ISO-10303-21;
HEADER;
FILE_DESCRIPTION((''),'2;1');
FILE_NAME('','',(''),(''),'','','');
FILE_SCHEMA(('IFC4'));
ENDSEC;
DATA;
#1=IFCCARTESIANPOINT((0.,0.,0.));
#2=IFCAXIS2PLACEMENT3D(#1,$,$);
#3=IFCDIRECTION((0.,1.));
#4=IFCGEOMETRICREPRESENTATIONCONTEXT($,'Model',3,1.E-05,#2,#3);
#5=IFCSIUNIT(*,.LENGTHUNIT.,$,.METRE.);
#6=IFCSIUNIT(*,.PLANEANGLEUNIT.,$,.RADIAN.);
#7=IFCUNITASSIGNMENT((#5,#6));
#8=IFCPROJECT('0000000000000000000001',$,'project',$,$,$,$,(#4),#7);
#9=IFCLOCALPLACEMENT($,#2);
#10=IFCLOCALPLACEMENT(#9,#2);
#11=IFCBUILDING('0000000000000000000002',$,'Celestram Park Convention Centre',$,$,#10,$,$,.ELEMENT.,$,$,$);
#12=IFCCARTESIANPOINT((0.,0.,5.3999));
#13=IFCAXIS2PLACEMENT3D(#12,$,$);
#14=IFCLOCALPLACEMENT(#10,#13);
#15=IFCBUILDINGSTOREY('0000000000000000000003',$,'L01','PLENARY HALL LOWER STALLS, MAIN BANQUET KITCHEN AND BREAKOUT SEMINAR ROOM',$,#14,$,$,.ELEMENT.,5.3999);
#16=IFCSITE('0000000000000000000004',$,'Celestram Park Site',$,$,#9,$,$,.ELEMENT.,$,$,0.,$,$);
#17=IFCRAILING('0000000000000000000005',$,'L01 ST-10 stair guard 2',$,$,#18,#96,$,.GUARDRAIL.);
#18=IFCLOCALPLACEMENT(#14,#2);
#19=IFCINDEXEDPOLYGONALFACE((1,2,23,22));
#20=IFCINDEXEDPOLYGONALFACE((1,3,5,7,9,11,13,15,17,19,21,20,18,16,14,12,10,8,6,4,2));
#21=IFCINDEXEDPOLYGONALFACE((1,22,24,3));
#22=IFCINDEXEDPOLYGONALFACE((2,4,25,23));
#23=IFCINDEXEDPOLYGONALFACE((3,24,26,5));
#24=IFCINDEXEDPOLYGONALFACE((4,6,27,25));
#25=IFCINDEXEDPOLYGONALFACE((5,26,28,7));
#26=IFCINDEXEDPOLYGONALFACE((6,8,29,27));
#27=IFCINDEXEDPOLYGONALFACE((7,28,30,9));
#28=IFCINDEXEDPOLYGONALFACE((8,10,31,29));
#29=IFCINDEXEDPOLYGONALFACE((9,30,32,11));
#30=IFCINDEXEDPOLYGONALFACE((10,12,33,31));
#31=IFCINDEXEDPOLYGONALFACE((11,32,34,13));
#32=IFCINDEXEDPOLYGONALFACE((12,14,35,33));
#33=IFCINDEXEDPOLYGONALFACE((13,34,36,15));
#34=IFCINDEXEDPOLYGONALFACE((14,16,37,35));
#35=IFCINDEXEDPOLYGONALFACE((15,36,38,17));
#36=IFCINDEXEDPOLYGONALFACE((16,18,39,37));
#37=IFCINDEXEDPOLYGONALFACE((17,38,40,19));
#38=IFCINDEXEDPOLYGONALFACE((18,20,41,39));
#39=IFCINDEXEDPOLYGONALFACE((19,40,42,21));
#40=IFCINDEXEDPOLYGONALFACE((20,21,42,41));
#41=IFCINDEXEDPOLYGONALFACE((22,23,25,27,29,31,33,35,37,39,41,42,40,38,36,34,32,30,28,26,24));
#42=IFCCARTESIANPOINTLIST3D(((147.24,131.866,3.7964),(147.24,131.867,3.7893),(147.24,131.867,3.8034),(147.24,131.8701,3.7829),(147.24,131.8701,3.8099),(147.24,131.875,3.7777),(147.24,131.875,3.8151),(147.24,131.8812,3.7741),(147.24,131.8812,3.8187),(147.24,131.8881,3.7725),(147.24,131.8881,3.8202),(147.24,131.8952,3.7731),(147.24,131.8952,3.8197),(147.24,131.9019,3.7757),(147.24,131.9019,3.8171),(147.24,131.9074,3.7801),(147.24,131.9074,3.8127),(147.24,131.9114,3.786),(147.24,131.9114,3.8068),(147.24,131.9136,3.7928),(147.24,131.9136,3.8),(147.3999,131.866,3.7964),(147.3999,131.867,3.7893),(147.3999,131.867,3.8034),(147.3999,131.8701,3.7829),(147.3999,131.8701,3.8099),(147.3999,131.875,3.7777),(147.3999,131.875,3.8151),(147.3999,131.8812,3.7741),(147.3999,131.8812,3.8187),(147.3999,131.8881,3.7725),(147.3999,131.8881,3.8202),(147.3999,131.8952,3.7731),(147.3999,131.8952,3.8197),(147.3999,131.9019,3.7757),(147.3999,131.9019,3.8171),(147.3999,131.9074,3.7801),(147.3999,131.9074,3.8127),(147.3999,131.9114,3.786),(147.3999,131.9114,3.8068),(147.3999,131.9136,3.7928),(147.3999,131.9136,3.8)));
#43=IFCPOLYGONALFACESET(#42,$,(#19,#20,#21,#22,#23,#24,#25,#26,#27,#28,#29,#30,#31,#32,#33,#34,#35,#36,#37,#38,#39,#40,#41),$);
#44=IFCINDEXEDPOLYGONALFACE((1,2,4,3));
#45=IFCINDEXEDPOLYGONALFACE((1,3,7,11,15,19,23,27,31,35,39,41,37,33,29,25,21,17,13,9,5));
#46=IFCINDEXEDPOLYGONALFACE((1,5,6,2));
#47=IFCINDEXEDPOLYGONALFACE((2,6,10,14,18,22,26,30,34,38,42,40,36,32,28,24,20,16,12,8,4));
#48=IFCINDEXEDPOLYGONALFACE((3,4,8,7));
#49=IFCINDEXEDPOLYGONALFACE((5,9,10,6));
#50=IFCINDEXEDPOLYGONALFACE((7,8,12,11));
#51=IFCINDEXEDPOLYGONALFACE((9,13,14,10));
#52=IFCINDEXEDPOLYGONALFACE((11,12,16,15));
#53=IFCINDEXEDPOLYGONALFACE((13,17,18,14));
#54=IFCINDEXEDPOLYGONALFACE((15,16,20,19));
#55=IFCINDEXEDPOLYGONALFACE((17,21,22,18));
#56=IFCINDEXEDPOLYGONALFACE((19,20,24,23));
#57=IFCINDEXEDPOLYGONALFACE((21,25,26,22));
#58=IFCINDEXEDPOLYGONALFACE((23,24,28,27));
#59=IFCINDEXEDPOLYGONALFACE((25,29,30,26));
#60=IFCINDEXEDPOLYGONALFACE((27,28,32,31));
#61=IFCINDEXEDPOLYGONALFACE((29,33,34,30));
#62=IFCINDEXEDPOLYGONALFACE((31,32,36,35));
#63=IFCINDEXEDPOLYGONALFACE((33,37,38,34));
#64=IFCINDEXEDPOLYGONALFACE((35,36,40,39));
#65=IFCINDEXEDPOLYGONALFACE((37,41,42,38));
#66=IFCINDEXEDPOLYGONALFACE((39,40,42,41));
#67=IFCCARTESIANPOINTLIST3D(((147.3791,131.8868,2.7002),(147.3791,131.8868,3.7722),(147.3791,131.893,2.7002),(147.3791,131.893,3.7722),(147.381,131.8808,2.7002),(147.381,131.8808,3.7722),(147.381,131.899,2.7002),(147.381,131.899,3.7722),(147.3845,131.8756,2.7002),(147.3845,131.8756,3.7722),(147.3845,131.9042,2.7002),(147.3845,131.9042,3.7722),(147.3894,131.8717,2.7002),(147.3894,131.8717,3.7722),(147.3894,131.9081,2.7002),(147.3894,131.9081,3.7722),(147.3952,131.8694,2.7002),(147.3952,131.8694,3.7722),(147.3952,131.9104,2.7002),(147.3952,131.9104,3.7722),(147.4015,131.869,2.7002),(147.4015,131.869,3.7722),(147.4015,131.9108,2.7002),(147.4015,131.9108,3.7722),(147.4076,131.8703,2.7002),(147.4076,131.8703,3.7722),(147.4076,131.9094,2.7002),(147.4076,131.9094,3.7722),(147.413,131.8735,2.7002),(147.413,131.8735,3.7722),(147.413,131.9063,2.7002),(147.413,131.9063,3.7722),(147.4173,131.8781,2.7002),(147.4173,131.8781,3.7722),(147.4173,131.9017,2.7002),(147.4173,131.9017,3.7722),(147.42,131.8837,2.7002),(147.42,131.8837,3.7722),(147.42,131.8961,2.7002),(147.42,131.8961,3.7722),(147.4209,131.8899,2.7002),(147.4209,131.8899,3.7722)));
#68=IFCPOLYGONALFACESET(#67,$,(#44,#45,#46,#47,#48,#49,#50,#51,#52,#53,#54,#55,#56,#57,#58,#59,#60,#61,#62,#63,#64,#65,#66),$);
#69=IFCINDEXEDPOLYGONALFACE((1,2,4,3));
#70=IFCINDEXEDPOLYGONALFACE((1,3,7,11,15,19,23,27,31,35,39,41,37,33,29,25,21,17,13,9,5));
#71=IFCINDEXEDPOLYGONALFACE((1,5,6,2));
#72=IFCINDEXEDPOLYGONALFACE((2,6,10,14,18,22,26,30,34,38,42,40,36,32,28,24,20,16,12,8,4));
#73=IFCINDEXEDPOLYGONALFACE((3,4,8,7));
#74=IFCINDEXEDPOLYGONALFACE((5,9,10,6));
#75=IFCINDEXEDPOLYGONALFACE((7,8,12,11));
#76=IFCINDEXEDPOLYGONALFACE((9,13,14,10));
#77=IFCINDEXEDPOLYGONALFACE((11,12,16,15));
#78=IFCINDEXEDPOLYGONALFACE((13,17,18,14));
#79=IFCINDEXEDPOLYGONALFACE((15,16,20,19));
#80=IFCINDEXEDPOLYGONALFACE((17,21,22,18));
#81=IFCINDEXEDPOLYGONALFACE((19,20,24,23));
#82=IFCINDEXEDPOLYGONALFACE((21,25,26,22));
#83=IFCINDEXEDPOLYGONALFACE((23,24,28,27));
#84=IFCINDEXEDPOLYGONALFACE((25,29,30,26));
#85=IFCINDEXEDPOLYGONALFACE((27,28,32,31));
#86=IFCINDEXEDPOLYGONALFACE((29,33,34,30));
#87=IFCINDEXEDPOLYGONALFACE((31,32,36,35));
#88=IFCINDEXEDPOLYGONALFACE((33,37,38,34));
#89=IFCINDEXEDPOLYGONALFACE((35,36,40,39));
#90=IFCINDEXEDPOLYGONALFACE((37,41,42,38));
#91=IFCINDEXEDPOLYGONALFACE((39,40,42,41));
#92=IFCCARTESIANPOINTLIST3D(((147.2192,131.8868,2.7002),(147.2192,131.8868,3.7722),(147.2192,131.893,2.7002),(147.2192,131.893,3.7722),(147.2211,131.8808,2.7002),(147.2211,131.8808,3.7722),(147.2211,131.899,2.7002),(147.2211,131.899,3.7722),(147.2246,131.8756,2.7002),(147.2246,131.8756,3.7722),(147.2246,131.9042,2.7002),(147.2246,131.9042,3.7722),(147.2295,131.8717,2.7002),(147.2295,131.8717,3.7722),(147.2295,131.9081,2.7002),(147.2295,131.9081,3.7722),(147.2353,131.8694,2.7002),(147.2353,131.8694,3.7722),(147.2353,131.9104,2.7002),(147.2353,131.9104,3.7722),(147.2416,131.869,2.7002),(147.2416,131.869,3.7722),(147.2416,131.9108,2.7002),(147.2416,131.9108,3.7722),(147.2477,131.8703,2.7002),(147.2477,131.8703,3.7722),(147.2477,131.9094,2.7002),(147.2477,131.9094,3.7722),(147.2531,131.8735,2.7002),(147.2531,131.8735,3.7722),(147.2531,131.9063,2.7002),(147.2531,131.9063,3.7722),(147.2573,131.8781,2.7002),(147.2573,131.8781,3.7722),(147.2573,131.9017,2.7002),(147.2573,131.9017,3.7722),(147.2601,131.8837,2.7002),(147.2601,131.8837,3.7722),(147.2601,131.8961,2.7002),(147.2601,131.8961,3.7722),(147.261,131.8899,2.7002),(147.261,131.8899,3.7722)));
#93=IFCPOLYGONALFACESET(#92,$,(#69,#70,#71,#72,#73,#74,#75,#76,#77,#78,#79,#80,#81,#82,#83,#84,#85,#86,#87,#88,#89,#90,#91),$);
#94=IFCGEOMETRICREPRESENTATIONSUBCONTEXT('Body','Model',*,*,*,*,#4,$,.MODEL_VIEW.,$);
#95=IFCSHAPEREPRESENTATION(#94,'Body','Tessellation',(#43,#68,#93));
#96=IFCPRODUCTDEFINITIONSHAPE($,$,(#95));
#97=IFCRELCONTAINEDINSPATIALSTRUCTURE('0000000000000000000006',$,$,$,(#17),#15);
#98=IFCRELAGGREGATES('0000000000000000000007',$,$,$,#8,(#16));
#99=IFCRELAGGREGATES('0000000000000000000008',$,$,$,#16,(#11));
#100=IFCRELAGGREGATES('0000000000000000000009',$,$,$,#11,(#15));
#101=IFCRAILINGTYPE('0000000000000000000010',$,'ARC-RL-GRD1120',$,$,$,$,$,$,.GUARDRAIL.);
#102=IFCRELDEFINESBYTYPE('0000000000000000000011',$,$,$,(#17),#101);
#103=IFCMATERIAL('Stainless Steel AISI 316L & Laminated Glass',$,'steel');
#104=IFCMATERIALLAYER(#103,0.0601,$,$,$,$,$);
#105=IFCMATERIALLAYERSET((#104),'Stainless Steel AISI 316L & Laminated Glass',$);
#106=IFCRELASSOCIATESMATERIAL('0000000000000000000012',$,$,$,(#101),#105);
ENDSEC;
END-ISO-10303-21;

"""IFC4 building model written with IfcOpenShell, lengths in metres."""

from ifc_helpers import new_model, si_unit, direction, frame, origin, origin_2d, place, context, subcontext, project, spatial, circle, extrude, material, layer, layer_set, type_object, element, save


model = new_model("IFC4")

# Units and contexts
model_context = context("Model", 3, precision=1e-05, world=origin(), true_north=direction((0.0, 1.0)))
body_context = subcontext(model_context, "Body", "Model", "MODEL_VIEW")
ifc_project = project(units=[si_unit("LENGTHUNIT", "METRE"), si_unit("PLANEANGLEUNIT", "RADIAN")], contexts=[model_context])

# Site, building, storey
site_placement = place(None, origin())
site = spatial("IfcSite", under=ifc_project, at=site_placement, Name="Celestram Park Site", CompositionType="ELEMENT", RefElevation=0.0)
building_placement = place(site_placement, origin())
building = spatial("IfcBuilding", under=site, at=building_placement, Name="Celestram Park Convention Centre", CompositionType="ELEMENT")
storey_placement = place(building_placement, frame((0.0, 0.0, 5.3999)))
storey = spatial("IfcBuildingStorey", under=building, at=storey_placement, Name="L01", Description="PLENARY HALL LOWER STALLS, MAIN BANQUET KITCHEN AND BREAKOUT SEMINAR ROOM", CompositionType="ELEMENT", Elevation=5.3999)

# Railing
ifc_material_1 = material(Name="Stainless Steel AISI 316L & Laminated Glass", Category="steel")
ifc_layer_1 = layer(ifc_material_1, 0.0601)
ifc_layer_set_1 = layer_set([ifc_layer_1], Name="Stainless Steel AISI 316L & Laminated Glass")
railing_type_1 = type_object("IfcRailingType", Name="ARC-RL-GRD1120", PredefinedType="GUARDRAIL", material=ifc_layer_set_1)
railing_1_placement = place(storey_placement, frame((147.3999, 131.8899, 2.7002)))
element("IfcRailing", 1, at=railing_1_placement, inside=storey, type_object=railing_type_1, Name="L01 ST-10 stair guard 2", PredefinedType="GUARDRAIL", context=body_context, shape_type="SweptSolid", body=[
    extrude(circle(Radius=0.0239, at=origin_2d()), frame((0.0, 0.0, 1.0962), z_axis=(-1.0, 0.0, 0.0), x_axis=(0.0, -1.0, 0.0)), (0.0, 0.0, 1.0), 0.1599),
    extrude(circle(Radius=0.021, at=origin_2d()), origin(), (0.0, 0.0, 1.0), 1.072),
    extrude(circle(Radius=0.021, at=origin_2d()), frame((-0.1599, 0.0, 0.0)), (0.0, 0.0, 1.0), 1.072),
])

save(model, "model.ifc")
